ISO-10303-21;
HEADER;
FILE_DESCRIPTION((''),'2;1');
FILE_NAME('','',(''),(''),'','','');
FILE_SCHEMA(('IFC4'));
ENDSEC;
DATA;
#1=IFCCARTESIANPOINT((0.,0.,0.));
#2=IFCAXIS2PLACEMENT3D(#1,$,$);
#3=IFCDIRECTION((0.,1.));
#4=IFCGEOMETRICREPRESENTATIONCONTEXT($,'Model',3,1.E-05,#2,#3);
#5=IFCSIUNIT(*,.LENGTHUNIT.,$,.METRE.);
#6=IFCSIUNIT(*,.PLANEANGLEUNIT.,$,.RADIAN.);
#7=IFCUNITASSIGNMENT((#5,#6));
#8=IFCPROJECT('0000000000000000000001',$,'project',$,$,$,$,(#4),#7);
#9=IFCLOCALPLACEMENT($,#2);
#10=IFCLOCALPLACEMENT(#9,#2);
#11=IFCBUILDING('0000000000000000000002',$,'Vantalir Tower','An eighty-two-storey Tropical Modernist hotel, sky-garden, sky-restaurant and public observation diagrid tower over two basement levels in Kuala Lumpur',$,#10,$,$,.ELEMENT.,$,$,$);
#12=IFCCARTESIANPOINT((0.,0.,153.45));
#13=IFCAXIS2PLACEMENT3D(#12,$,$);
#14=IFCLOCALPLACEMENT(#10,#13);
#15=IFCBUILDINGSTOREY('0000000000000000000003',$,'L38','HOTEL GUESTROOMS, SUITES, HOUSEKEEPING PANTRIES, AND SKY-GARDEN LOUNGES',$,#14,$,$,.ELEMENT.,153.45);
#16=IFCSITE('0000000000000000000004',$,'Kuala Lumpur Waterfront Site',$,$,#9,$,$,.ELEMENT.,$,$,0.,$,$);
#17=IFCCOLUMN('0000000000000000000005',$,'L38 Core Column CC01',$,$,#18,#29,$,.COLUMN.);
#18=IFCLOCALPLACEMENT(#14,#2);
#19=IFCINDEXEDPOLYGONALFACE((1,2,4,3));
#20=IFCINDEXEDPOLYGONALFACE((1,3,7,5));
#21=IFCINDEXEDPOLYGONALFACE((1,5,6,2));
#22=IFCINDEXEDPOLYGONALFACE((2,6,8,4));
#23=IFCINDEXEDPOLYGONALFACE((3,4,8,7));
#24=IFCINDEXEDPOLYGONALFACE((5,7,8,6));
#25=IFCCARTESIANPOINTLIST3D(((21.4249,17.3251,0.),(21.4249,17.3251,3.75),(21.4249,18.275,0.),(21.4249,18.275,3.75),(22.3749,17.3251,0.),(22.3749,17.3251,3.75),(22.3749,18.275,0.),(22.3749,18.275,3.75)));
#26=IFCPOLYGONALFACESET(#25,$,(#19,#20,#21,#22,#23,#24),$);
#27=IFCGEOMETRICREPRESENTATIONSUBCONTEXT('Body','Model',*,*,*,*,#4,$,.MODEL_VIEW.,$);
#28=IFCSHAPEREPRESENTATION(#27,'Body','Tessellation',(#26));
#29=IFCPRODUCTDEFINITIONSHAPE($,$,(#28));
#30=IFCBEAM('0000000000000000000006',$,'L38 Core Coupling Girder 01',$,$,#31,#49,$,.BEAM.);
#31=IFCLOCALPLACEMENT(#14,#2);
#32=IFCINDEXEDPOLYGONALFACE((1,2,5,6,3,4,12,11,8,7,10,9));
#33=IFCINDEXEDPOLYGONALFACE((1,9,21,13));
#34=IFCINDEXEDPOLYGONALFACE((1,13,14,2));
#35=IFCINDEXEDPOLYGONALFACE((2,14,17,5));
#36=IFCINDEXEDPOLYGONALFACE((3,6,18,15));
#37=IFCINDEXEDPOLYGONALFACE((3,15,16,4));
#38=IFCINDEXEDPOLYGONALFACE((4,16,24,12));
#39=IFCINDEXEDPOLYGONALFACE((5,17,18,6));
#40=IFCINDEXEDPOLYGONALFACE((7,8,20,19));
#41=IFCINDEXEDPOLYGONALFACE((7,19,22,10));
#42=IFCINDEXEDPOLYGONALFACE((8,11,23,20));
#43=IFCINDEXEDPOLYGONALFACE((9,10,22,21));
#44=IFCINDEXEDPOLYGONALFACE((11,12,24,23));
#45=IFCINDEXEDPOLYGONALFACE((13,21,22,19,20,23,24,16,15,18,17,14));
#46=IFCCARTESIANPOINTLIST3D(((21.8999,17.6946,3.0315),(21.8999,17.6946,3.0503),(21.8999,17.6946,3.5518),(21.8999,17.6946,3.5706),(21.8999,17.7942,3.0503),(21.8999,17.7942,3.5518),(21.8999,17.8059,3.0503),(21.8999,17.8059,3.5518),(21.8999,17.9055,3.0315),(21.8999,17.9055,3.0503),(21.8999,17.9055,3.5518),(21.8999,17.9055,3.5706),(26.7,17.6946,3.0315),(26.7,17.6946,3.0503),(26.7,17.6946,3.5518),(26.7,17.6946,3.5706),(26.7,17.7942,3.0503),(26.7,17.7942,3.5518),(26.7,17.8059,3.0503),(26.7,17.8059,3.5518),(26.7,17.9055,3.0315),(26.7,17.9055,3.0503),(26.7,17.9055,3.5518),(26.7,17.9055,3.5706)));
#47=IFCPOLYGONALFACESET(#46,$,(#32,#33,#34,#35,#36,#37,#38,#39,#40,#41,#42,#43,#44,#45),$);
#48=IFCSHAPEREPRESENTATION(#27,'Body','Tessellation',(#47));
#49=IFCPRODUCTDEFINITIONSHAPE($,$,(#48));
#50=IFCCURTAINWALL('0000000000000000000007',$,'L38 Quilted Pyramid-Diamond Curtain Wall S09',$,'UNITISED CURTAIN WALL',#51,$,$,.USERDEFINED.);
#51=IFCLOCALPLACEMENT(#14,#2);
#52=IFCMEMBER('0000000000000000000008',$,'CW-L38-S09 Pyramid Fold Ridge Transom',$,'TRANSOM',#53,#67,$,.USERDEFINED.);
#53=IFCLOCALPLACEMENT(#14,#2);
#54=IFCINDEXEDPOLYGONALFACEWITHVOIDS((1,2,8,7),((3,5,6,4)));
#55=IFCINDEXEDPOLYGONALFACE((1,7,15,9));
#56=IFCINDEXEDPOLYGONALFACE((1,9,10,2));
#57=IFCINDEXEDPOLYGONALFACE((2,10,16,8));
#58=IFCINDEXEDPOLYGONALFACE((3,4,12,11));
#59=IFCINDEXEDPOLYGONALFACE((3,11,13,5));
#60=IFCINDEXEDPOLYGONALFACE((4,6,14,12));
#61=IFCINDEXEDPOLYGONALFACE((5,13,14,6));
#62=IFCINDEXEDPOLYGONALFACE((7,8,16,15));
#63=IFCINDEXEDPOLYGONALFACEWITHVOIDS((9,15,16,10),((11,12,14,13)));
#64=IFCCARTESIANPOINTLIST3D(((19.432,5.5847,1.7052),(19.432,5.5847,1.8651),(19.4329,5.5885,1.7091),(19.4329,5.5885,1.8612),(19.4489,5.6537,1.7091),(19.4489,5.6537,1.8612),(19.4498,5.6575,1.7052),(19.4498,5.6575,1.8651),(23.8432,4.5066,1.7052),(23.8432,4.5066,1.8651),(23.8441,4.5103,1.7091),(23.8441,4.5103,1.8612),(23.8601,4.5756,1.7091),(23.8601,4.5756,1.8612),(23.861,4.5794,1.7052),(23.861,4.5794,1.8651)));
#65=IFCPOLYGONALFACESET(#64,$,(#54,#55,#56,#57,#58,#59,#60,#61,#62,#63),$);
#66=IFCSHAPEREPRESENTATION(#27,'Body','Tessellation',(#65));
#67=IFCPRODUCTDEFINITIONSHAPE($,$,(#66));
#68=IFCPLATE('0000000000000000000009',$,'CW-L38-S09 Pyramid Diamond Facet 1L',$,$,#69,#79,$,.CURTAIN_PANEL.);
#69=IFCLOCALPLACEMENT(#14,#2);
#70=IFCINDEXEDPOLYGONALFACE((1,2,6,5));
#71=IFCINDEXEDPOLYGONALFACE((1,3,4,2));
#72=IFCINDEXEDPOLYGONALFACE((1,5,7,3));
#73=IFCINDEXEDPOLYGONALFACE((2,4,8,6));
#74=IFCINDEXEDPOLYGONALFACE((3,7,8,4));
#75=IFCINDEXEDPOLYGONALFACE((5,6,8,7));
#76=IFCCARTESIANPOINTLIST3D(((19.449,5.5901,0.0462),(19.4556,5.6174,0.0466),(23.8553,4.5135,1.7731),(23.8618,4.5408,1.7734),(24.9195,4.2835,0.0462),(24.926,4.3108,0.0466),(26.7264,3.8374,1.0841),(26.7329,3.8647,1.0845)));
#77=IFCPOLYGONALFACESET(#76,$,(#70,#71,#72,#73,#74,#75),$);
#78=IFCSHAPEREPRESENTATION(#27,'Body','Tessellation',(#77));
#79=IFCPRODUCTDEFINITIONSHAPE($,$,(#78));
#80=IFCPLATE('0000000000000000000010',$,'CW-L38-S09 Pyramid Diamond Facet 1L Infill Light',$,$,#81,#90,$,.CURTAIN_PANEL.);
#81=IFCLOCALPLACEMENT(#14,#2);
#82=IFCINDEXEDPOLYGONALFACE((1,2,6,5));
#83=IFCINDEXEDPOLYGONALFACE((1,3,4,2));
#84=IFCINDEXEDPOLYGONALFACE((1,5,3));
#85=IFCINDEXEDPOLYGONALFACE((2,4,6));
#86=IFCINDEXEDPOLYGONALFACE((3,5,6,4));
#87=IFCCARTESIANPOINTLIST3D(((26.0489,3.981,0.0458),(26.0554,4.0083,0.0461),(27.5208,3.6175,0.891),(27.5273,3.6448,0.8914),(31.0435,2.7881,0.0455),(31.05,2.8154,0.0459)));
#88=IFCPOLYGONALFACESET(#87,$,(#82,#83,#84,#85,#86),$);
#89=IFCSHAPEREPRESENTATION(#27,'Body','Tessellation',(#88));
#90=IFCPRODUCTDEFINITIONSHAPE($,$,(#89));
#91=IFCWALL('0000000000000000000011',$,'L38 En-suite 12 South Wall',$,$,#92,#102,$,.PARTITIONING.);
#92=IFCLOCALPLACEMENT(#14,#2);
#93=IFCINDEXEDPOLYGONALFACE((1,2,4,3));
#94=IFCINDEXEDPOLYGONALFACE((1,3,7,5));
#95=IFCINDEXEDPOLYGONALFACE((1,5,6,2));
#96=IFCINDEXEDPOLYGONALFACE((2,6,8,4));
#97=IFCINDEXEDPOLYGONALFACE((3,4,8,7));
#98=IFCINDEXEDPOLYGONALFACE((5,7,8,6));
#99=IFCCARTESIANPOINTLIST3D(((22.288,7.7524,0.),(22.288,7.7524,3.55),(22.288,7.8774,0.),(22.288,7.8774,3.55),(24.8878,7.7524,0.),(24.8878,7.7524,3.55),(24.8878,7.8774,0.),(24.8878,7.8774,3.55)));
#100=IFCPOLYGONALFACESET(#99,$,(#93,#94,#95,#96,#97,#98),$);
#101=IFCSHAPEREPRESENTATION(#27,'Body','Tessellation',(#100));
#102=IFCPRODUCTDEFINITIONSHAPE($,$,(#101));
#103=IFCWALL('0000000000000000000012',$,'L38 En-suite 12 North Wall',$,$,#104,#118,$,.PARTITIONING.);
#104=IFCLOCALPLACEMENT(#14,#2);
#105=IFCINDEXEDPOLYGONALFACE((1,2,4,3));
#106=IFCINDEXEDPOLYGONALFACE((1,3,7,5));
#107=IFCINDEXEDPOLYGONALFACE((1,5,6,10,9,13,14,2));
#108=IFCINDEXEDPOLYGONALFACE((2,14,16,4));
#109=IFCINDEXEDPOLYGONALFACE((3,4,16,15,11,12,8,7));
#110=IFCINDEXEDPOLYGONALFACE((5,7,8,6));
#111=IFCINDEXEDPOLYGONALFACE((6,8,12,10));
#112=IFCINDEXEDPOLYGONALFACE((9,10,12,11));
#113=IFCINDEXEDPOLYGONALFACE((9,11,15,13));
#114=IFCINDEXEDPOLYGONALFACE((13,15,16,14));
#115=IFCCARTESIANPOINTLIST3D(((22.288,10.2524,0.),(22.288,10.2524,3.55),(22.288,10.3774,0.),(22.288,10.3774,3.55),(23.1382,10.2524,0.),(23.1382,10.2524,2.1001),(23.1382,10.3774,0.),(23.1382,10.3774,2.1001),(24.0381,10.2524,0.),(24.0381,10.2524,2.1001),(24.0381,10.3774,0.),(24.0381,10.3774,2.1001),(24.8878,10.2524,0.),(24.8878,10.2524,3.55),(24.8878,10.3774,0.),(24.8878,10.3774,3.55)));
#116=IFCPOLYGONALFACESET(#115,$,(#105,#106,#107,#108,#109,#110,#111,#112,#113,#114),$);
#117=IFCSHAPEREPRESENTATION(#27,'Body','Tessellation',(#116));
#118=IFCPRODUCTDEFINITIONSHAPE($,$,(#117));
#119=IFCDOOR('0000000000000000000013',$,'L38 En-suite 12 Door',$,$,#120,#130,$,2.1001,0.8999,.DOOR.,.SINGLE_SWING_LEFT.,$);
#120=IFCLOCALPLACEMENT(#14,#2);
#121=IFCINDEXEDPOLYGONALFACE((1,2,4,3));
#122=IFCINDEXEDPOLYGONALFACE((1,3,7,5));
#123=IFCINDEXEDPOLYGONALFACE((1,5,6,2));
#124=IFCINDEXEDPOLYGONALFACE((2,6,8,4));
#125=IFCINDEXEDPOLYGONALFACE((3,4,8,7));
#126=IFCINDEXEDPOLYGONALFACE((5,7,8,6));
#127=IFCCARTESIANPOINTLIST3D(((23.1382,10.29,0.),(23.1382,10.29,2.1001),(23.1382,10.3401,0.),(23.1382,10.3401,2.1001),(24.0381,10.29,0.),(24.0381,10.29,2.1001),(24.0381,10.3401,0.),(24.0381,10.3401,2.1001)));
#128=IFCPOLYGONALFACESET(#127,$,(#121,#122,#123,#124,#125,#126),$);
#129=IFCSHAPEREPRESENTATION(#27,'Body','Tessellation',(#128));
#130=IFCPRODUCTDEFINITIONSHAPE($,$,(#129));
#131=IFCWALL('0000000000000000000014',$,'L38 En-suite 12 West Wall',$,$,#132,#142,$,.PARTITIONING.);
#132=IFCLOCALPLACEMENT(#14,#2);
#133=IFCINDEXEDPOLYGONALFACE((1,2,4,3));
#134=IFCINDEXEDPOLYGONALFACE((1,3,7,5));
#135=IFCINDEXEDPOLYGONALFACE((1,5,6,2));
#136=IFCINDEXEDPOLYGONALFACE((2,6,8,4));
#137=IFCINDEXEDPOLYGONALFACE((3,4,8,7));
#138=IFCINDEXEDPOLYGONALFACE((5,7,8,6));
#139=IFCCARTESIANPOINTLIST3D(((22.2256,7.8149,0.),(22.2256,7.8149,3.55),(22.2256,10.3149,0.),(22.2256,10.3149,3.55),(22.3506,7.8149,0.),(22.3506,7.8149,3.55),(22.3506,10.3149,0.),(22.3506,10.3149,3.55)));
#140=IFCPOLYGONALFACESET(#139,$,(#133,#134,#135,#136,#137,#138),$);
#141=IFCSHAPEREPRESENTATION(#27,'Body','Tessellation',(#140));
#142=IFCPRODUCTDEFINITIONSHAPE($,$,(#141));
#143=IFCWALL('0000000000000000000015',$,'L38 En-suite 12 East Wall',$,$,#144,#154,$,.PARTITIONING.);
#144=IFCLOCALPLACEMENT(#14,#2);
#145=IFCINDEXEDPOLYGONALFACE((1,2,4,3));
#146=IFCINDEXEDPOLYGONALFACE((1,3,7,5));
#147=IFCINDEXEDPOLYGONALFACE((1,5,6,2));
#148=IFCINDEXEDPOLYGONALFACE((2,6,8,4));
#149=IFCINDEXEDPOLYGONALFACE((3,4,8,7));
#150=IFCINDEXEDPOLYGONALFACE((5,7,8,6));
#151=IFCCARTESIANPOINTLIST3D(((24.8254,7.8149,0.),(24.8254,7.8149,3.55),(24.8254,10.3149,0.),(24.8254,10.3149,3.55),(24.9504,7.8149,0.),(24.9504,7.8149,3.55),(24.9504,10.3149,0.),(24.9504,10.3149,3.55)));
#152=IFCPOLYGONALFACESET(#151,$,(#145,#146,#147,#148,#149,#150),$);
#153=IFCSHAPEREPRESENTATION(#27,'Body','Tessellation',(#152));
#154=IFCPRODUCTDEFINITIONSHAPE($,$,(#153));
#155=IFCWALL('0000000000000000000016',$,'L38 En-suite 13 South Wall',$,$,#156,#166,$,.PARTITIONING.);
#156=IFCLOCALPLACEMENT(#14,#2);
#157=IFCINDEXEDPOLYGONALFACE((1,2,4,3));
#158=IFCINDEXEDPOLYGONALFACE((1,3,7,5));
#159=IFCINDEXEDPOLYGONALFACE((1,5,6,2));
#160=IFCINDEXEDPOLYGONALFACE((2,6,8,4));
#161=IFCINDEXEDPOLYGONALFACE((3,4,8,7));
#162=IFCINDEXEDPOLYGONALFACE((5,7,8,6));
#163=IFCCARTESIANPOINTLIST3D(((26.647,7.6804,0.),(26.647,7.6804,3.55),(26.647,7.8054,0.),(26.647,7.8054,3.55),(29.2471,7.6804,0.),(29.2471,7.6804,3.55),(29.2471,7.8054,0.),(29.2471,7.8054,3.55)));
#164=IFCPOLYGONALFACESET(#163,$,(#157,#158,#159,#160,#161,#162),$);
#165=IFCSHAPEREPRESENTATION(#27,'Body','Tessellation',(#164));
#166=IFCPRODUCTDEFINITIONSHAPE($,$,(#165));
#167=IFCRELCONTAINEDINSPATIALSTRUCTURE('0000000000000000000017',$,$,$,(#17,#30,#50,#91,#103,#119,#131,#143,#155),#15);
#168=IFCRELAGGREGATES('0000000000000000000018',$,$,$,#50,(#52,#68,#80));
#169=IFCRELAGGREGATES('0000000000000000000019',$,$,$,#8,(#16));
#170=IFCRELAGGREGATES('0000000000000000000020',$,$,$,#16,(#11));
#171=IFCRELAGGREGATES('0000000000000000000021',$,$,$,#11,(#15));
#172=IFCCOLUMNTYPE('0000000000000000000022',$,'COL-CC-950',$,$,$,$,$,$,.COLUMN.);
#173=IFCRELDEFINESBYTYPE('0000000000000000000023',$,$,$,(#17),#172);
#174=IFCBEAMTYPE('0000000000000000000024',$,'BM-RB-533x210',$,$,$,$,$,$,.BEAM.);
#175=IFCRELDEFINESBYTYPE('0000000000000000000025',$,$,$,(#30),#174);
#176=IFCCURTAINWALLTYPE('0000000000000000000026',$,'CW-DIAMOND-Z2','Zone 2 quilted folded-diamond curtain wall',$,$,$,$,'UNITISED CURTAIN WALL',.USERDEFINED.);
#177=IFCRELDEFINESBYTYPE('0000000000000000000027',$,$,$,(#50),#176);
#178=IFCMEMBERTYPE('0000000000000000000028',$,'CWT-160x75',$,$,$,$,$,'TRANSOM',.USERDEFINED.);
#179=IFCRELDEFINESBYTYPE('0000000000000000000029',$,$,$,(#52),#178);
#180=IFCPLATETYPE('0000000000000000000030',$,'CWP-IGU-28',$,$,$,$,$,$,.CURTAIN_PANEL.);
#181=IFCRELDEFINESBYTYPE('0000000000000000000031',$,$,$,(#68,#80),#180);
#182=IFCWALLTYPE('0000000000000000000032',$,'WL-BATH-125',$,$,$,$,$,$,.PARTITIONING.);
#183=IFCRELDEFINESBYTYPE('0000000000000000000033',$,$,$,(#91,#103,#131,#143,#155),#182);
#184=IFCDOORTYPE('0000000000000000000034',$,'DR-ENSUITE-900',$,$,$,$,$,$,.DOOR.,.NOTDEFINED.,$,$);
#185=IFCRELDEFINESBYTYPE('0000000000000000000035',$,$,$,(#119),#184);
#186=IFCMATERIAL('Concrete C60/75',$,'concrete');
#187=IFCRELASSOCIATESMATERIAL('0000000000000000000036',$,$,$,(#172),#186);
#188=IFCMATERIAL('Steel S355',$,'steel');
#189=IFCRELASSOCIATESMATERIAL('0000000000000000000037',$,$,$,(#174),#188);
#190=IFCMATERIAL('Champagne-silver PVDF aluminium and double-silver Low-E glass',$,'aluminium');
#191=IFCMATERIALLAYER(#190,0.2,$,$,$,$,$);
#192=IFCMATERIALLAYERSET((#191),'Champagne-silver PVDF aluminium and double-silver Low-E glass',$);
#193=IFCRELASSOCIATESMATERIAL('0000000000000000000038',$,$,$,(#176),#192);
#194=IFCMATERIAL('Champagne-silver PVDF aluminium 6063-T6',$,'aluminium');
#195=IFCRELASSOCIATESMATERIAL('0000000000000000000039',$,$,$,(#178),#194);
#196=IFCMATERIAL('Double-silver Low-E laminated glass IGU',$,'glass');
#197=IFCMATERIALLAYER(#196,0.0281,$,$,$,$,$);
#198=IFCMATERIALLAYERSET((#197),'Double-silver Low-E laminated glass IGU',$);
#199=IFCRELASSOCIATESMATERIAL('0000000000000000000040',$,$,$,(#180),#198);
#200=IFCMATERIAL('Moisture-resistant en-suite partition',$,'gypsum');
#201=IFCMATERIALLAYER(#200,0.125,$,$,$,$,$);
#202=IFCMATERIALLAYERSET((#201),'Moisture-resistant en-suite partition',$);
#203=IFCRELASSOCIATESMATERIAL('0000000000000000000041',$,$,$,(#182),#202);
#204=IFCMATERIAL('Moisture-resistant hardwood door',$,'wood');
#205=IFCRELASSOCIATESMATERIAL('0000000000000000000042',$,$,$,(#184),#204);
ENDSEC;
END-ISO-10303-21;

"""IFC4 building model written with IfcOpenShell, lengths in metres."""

from ifc_helpers import new_model, si_unit, direction, frame, frame_2d, origin, origin_2d, place, context, subcontext, project, spatial, polyline, rectangle, hollow_rectangle, i_section, outline, extrude, material, layer, layer_set, material_profile, profile_set, type_object, element, fill, aggregate, save


model = new_model("IFC4")

# Units and contexts
model_context = context("Model", 3, precision=1e-05, world=origin(), true_north=direction((0.0, 1.0)))
body_context = subcontext(model_context, "Body", "Model", "MODEL_VIEW")
ifc_project = project(units=[si_unit("LENGTHUNIT", "METRE"), si_unit("PLANEANGLEUNIT", "RADIAN")], contexts=[model_context])

# Site, building, storey
site_placement = place(None, origin())
site = spatial("IfcSite", under=ifc_project, at=site_placement, Name="Kuala Lumpur Waterfront Site", CompositionType="ELEMENT", RefElevation=0.0)
building_placement = place(site_placement, origin())
building = spatial("IfcBuilding", under=site, at=building_placement, Name="Vantalir Tower", Description="An eighty-two-storey Tropical Modernist hotel, sky-garden, sky-restaurant and public observation diagrid tower over two basement levels in Kuala Lumpur", CompositionType="ELEMENT")
storey_placement = place(building_placement, frame((0.0, 0.0, 153.45)))
storey = spatial("IfcBuildingStorey", under=building, at=storey_placement, Name="L38", Description="HOTEL GUESTROOMS, SUITES, HOUSEKEEPING PANTRIES, AND SKY-GARDEN LOUNGES", CompositionType="ELEMENT", Elevation=153.45)

# Column
ifc_material_1 = material(Name="Concrete C60/75", Category="concrete")
ifc_material_profile_1 = material_profile(ifc_material_1, rectangle(XDim=0.95, YDim=0.95, at=origin_2d()), Name="Concrete C60/75")
ifc_profile_set_1 = profile_set([ifc_material_profile_1], Name="Concrete C60/75")
column_type = type_object("IfcColumnType", Name="COL-CC-950", PredefinedType="COLUMN", material=ifc_profile_set_1)
column_placement = place(storey_placement, frame((21.8999, 17.8, 0.0), z_axis=(0.0, 0.0, 1.0), x_axis=(1.0, 0.0, 0.0)))
element("IfcColumn", 1, at=column_placement, inside=storey, type_object=column_type, Name="L38 Core Column CC01", PredefinedType="COLUMN", context=body_context, shape_type="SweptSolid", body=[
    extrude(rectangle(XDim=0.95, YDim=0.95, at=origin_2d()), origin(), (0.0, 0.0, 1.0), 3.75),
])

# Beam
ifc_material_2 = material(Name="Steel S355", Category="steel")
ifc_material_profile_2 = material_profile(ifc_material_2, i_section(OverallWidth=0.2109, OverallDepth=0.5391, WebThickness=0.0117, FlangeThickness=0.0188, at=origin_2d()), Name="Steel S355")
ifc_profile_set_2 = profile_set([ifc_material_profile_2], Name="Steel S355")
beam_type = type_object("IfcBeamType", Name="BM-RB-533x210", PredefinedType="BEAM", material=ifc_profile_set_2)
beam_placement = place(storey_placement, frame((21.8999, 17.8, 3.301), z_axis=(1.0, 0.0, 0.0), x_axis=(0.0, 1.0, 0.0)))
element("IfcBeam", 2, at=beam_placement, inside=storey, type_object=beam_type, Name="L38 Core Coupling Girder 01", PredefinedType="BEAM", context=body_context, shape_type="SweptSolid", body=[
    extrude(i_section(OverallWidth=0.2109, OverallDepth=0.5391, WebThickness=0.0117, FlangeThickness=0.0188, at=origin_2d()), origin(), (0.0, 0.0, 1.0), 4.8),
])

# Curtain wall, member, plates
ifc_material_3 = material(Name="Champagne-silver PVDF aluminium and double-silver Low-E glass", Category="aluminium")
ifc_layer_1 = layer(ifc_material_3, 0.2)
ifc_layer_set_1 = layer_set([ifc_layer_1], Name="Champagne-silver PVDF aluminium and double-silver Low-E glass")
curtain_wall_type = type_object("IfcCurtainWallType", Name="CW-DIAMOND-Z2", Description="Zone 2 quilted folded-diamond curtain wall", ElementType="UNITISED CURTAIN WALL", PredefinedType="USERDEFINED", material=ifc_layer_set_1)
curtain_wall_placement = place(storey_placement, origin())
curtain_wall = element("IfcCurtainWall", 3, at=curtain_wall_placement, inside=storey, type_object=curtain_wall_type, Name="L38 Quilted Pyramid-Diamond Curtain Wall S09", ObjectType="UNITISED CURTAIN WALL", PredefinedType="USERDEFINED")
ifc_material_4 = material(Name="Champagne-silver PVDF aluminium 6063-T6", Category="aluminium")
ifc_material_profile_3 = material_profile(ifc_material_4, hollow_rectangle(XDim=0.075, YDim=0.1599, WallThickness=0.0039, at=origin_2d()), Name="Champagne-silver PVDF aluminium 6063-T6")
ifc_profile_set_3 = profile_set([ifc_material_profile_3], Name="Champagne-silver PVDF aluminium 6063-T6")
member_type = type_object("IfcMemberType", Name="CWT-160x75", ElementType="TRANSOM", PredefinedType="USERDEFINED", material=ifc_profile_set_3)
member_placement = place(storey_placement, frame((19.4409, 5.6211, 1.7852), z_axis=(0.971407, -0.237422, 0.0), x_axis=(0.237422, 0.971407, 0.0)))
member = element("IfcMember", 4, at=member_placement, type_object=member_type, Name="CW-L38-S09 Pyramid Fold Ridge Transom", ObjectType="TRANSOM", PredefinedType="USERDEFINED", context=body_context, shape_type="SweptSolid", body=[
    extrude(hollow_rectangle(XDim=0.075, YDim=0.1599, WallThickness=0.0039, at=origin_2d()), origin(), (0.0, 0.0, 1.0), 4.541),
])
ifc_material_5 = material(Name="Double-silver Low-E laminated glass IGU", Category="glass")
ifc_layer_2 = layer(ifc_material_5, 0.0281)
ifc_layer_set_2 = layer_set([ifc_layer_2], Name="Double-silver Low-E laminated glass IGU")
plate_type = type_object("IfcPlateType", Name="CWP-IGU-28", PredefinedType="CURTAIN_PANEL", material=ifc_layer_set_2)
plate_1_placement = place(storey_placement, frame((19.4556, 5.6174, 0.0466), z_axis=(0.232287, 0.972552, 0.013629), x_axis=(0.972642, -0.232309, 0.0)))
plate_1 = element("IfcPlate", 5, at=plate_1_placement, type_object=plate_type, Name="CW-L38-S09 Pyramid Diamond Facet 1L", PredefinedType="CURTAIN_PANEL", context=body_context, shape_type="SweptSolid", body=[
    extrude(outline(polyline([(0.0, 0.0), (5.6243, 0.0), (7.4854, -1.0379), (4.5358, -1.727), (0.0, 0.0)])), origin(), (0.0, 0.0, -1.0), 0.0281),
])
plate_2_placement = place(storey_placement, frame((26.0554, 4.0083, 0.0461), z_axis=(0.232276, 0.972552, 0.013789), x_axis=(0.972645, -0.232298, -0.000048)))
plate_2 = element("IfcPlate", 6, at=plate_2_placement, type_object=plate_type, Name="CW-L38-S09 Pyramid Diamond Facet 1L Infill Light", PredefinedType="CURTAIN_PANEL", context=body_context, shape_type="SweptSolid", body=[
    extrude(outline(polyline([(0.0, 0.0), (5.1351, 0.0), (1.5161, -0.8454), (0.0, 0.0)])), origin(), (0.0, 0.0, -1.0), 0.0281),
])
aggregate(curtain_wall, [member, plate_1, plate_2])

# Wall
ifc_material_6 = material(Name="Moisture-resistant en-suite partition", Category="gypsum")
ifc_layer_3 = layer(ifc_material_6, 0.125)
ifc_layer_set_3 = layer_set([ifc_layer_3], Name="Moisture-resistant en-suite partition")
wall_type_1 = type_object("IfcWallType", Name="WL-BATH-125", PredefinedType="PARTITIONING", material=ifc_layer_set_3)
wall_1_placement = place(storey_placement, frame((22.2881, 7.8149, 0.0), z_axis=(0.0, 0.0, 1.0), x_axis=(1.0, 0.0, 0.0)))
element("IfcWall", 7, at=wall_1_placement, inside=storey, type_object=wall_type_1, Name="L38 En-suite 12 South Wall", PredefinedType="PARTITIONING", context=body_context, shape_type="SweptSolid", body=[
    extrude(rectangle(XDim=2.5999, YDim=0.125, at=frame_2d((1.2998, 0.0))), origin(), (0.0, 0.0, 1.0), 3.55),
])

# Wall, opening, door
wall_2_placement = place(storey_placement, frame((22.2881, 10.3149, 0.0), z_axis=(0.0, 0.0, 1.0), x_axis=(1.0, 0.0, 0.0)))
wall_2 = element("IfcWall", 8, at=wall_2_placement, inside=storey, type_object=wall_type_1, Name="L38 En-suite 12 North Wall", PredefinedType="PARTITIONING", context=body_context, shape_type="SweptSolid", body=[
    extrude(rectangle(XDim=2.5999, YDim=0.125, at=frame_2d((1.2998, 0.0))), origin(), (0.0, 0.0, 1.0), 3.55),
])
opening_1_placement = place(wall_2_placement, frame((0.8501, 0.0, 0.0)))
opening_1 = element("IfcOpeningElement", 9, at=opening_1_placement, cuts=wall_2, PredefinedType="OPENING", context=body_context, shape_type="SweptSolid", body=[
    extrude(rectangle(XDim=0.8999, YDim=2.1001, at=frame_2d((0.45, 1.05))), frame((0.0, 0.0725, 0.0), z_axis=(0.0, -1.0, 0.0), x_axis=(1.0, 0.0, 0.0)), (0.0, 0.0, 1.0), 0.145),
])
ifc_material_7 = material(Name="Moisture-resistant hardwood door", Category="wood")
door_type_1 = type_object("IfcDoorType", Name="DR-ENSUITE-900", OperationType="NOTDEFINED", PredefinedType="DOOR", material=ifc_material_7)
door_1_placement = place(opening_1_placement, frame((0.8999, 0.0, 0.0), z_axis=(0.0, 0.0, 1.0), x_axis=(-1.0, 0.0, 0.0)))
door_1 = element("IfcDoor", 10, at=door_1_placement, inside=storey, type_object=door_type_1, Name="L38 En-suite 12 Door", OperationType="SINGLE_SWING_LEFT", OverallHeight=2.1001, OverallWidth=0.8999, PredefinedType="DOOR", context=body_context, shape_type="SweptSolid", body=[
    extrude(rectangle(XDim=0.8999, YDim=2.1001, at=frame_2d((0.45, 1.05))), frame((0.0, 0.0249, 0.0), z_axis=(0.0, -1.0, 0.0), x_axis=(1.0, 0.0, 0.0)), (0.0, 0.0, 1.0), 0.05),
])
fill(opening_1, door_1)

# Walls
for number, where, z_axis, x_axis, name in (
    (11, (22.2881, 7.8149, 0.0), (0.0, 0.0, 1.0), (0.0, 1.0, 0.0), "L38 En-suite 12 West Wall"),
    (12, (24.8879, 7.8149, 0.0), (0.0, 0.0, 1.0), (0.0, 1.0, 0.0), "L38 En-suite 12 East Wall"),
):
    element("IfcWall", number, at=place(storey_placement, frame(where, z_axis=z_axis, x_axis=x_axis)), inside=storey, type_object=wall_type_1, Name=name, PredefinedType="PARTITIONING", context=body_context, shape_type="SweptSolid", body=[
        extrude(rectangle(XDim=2.5, YDim=0.125, at=frame_2d((1.25, 0.0))), origin(), (0.0, 0.0, 1.0), 3.55),
    ])
wall_3_placement = place(storey_placement, frame((26.647, 7.7429, 0.0), z_axis=(0.0, 0.0, 1.0), x_axis=(1.0, 0.0, 0.0)))
element("IfcWall", 13, at=wall_3_placement, inside=storey, type_object=wall_type_1, Name="L38 En-suite 13 South Wall", PredefinedType="PARTITIONING", context=body_context, shape_type="SweptSolid", body=[
    extrude(rectangle(XDim=2.6001, YDim=0.125, at=frame_2d((1.3, 0.0))), origin(), (0.0, 0.0, 1.0), 3.55),
])

save(model, "model.ifc")
